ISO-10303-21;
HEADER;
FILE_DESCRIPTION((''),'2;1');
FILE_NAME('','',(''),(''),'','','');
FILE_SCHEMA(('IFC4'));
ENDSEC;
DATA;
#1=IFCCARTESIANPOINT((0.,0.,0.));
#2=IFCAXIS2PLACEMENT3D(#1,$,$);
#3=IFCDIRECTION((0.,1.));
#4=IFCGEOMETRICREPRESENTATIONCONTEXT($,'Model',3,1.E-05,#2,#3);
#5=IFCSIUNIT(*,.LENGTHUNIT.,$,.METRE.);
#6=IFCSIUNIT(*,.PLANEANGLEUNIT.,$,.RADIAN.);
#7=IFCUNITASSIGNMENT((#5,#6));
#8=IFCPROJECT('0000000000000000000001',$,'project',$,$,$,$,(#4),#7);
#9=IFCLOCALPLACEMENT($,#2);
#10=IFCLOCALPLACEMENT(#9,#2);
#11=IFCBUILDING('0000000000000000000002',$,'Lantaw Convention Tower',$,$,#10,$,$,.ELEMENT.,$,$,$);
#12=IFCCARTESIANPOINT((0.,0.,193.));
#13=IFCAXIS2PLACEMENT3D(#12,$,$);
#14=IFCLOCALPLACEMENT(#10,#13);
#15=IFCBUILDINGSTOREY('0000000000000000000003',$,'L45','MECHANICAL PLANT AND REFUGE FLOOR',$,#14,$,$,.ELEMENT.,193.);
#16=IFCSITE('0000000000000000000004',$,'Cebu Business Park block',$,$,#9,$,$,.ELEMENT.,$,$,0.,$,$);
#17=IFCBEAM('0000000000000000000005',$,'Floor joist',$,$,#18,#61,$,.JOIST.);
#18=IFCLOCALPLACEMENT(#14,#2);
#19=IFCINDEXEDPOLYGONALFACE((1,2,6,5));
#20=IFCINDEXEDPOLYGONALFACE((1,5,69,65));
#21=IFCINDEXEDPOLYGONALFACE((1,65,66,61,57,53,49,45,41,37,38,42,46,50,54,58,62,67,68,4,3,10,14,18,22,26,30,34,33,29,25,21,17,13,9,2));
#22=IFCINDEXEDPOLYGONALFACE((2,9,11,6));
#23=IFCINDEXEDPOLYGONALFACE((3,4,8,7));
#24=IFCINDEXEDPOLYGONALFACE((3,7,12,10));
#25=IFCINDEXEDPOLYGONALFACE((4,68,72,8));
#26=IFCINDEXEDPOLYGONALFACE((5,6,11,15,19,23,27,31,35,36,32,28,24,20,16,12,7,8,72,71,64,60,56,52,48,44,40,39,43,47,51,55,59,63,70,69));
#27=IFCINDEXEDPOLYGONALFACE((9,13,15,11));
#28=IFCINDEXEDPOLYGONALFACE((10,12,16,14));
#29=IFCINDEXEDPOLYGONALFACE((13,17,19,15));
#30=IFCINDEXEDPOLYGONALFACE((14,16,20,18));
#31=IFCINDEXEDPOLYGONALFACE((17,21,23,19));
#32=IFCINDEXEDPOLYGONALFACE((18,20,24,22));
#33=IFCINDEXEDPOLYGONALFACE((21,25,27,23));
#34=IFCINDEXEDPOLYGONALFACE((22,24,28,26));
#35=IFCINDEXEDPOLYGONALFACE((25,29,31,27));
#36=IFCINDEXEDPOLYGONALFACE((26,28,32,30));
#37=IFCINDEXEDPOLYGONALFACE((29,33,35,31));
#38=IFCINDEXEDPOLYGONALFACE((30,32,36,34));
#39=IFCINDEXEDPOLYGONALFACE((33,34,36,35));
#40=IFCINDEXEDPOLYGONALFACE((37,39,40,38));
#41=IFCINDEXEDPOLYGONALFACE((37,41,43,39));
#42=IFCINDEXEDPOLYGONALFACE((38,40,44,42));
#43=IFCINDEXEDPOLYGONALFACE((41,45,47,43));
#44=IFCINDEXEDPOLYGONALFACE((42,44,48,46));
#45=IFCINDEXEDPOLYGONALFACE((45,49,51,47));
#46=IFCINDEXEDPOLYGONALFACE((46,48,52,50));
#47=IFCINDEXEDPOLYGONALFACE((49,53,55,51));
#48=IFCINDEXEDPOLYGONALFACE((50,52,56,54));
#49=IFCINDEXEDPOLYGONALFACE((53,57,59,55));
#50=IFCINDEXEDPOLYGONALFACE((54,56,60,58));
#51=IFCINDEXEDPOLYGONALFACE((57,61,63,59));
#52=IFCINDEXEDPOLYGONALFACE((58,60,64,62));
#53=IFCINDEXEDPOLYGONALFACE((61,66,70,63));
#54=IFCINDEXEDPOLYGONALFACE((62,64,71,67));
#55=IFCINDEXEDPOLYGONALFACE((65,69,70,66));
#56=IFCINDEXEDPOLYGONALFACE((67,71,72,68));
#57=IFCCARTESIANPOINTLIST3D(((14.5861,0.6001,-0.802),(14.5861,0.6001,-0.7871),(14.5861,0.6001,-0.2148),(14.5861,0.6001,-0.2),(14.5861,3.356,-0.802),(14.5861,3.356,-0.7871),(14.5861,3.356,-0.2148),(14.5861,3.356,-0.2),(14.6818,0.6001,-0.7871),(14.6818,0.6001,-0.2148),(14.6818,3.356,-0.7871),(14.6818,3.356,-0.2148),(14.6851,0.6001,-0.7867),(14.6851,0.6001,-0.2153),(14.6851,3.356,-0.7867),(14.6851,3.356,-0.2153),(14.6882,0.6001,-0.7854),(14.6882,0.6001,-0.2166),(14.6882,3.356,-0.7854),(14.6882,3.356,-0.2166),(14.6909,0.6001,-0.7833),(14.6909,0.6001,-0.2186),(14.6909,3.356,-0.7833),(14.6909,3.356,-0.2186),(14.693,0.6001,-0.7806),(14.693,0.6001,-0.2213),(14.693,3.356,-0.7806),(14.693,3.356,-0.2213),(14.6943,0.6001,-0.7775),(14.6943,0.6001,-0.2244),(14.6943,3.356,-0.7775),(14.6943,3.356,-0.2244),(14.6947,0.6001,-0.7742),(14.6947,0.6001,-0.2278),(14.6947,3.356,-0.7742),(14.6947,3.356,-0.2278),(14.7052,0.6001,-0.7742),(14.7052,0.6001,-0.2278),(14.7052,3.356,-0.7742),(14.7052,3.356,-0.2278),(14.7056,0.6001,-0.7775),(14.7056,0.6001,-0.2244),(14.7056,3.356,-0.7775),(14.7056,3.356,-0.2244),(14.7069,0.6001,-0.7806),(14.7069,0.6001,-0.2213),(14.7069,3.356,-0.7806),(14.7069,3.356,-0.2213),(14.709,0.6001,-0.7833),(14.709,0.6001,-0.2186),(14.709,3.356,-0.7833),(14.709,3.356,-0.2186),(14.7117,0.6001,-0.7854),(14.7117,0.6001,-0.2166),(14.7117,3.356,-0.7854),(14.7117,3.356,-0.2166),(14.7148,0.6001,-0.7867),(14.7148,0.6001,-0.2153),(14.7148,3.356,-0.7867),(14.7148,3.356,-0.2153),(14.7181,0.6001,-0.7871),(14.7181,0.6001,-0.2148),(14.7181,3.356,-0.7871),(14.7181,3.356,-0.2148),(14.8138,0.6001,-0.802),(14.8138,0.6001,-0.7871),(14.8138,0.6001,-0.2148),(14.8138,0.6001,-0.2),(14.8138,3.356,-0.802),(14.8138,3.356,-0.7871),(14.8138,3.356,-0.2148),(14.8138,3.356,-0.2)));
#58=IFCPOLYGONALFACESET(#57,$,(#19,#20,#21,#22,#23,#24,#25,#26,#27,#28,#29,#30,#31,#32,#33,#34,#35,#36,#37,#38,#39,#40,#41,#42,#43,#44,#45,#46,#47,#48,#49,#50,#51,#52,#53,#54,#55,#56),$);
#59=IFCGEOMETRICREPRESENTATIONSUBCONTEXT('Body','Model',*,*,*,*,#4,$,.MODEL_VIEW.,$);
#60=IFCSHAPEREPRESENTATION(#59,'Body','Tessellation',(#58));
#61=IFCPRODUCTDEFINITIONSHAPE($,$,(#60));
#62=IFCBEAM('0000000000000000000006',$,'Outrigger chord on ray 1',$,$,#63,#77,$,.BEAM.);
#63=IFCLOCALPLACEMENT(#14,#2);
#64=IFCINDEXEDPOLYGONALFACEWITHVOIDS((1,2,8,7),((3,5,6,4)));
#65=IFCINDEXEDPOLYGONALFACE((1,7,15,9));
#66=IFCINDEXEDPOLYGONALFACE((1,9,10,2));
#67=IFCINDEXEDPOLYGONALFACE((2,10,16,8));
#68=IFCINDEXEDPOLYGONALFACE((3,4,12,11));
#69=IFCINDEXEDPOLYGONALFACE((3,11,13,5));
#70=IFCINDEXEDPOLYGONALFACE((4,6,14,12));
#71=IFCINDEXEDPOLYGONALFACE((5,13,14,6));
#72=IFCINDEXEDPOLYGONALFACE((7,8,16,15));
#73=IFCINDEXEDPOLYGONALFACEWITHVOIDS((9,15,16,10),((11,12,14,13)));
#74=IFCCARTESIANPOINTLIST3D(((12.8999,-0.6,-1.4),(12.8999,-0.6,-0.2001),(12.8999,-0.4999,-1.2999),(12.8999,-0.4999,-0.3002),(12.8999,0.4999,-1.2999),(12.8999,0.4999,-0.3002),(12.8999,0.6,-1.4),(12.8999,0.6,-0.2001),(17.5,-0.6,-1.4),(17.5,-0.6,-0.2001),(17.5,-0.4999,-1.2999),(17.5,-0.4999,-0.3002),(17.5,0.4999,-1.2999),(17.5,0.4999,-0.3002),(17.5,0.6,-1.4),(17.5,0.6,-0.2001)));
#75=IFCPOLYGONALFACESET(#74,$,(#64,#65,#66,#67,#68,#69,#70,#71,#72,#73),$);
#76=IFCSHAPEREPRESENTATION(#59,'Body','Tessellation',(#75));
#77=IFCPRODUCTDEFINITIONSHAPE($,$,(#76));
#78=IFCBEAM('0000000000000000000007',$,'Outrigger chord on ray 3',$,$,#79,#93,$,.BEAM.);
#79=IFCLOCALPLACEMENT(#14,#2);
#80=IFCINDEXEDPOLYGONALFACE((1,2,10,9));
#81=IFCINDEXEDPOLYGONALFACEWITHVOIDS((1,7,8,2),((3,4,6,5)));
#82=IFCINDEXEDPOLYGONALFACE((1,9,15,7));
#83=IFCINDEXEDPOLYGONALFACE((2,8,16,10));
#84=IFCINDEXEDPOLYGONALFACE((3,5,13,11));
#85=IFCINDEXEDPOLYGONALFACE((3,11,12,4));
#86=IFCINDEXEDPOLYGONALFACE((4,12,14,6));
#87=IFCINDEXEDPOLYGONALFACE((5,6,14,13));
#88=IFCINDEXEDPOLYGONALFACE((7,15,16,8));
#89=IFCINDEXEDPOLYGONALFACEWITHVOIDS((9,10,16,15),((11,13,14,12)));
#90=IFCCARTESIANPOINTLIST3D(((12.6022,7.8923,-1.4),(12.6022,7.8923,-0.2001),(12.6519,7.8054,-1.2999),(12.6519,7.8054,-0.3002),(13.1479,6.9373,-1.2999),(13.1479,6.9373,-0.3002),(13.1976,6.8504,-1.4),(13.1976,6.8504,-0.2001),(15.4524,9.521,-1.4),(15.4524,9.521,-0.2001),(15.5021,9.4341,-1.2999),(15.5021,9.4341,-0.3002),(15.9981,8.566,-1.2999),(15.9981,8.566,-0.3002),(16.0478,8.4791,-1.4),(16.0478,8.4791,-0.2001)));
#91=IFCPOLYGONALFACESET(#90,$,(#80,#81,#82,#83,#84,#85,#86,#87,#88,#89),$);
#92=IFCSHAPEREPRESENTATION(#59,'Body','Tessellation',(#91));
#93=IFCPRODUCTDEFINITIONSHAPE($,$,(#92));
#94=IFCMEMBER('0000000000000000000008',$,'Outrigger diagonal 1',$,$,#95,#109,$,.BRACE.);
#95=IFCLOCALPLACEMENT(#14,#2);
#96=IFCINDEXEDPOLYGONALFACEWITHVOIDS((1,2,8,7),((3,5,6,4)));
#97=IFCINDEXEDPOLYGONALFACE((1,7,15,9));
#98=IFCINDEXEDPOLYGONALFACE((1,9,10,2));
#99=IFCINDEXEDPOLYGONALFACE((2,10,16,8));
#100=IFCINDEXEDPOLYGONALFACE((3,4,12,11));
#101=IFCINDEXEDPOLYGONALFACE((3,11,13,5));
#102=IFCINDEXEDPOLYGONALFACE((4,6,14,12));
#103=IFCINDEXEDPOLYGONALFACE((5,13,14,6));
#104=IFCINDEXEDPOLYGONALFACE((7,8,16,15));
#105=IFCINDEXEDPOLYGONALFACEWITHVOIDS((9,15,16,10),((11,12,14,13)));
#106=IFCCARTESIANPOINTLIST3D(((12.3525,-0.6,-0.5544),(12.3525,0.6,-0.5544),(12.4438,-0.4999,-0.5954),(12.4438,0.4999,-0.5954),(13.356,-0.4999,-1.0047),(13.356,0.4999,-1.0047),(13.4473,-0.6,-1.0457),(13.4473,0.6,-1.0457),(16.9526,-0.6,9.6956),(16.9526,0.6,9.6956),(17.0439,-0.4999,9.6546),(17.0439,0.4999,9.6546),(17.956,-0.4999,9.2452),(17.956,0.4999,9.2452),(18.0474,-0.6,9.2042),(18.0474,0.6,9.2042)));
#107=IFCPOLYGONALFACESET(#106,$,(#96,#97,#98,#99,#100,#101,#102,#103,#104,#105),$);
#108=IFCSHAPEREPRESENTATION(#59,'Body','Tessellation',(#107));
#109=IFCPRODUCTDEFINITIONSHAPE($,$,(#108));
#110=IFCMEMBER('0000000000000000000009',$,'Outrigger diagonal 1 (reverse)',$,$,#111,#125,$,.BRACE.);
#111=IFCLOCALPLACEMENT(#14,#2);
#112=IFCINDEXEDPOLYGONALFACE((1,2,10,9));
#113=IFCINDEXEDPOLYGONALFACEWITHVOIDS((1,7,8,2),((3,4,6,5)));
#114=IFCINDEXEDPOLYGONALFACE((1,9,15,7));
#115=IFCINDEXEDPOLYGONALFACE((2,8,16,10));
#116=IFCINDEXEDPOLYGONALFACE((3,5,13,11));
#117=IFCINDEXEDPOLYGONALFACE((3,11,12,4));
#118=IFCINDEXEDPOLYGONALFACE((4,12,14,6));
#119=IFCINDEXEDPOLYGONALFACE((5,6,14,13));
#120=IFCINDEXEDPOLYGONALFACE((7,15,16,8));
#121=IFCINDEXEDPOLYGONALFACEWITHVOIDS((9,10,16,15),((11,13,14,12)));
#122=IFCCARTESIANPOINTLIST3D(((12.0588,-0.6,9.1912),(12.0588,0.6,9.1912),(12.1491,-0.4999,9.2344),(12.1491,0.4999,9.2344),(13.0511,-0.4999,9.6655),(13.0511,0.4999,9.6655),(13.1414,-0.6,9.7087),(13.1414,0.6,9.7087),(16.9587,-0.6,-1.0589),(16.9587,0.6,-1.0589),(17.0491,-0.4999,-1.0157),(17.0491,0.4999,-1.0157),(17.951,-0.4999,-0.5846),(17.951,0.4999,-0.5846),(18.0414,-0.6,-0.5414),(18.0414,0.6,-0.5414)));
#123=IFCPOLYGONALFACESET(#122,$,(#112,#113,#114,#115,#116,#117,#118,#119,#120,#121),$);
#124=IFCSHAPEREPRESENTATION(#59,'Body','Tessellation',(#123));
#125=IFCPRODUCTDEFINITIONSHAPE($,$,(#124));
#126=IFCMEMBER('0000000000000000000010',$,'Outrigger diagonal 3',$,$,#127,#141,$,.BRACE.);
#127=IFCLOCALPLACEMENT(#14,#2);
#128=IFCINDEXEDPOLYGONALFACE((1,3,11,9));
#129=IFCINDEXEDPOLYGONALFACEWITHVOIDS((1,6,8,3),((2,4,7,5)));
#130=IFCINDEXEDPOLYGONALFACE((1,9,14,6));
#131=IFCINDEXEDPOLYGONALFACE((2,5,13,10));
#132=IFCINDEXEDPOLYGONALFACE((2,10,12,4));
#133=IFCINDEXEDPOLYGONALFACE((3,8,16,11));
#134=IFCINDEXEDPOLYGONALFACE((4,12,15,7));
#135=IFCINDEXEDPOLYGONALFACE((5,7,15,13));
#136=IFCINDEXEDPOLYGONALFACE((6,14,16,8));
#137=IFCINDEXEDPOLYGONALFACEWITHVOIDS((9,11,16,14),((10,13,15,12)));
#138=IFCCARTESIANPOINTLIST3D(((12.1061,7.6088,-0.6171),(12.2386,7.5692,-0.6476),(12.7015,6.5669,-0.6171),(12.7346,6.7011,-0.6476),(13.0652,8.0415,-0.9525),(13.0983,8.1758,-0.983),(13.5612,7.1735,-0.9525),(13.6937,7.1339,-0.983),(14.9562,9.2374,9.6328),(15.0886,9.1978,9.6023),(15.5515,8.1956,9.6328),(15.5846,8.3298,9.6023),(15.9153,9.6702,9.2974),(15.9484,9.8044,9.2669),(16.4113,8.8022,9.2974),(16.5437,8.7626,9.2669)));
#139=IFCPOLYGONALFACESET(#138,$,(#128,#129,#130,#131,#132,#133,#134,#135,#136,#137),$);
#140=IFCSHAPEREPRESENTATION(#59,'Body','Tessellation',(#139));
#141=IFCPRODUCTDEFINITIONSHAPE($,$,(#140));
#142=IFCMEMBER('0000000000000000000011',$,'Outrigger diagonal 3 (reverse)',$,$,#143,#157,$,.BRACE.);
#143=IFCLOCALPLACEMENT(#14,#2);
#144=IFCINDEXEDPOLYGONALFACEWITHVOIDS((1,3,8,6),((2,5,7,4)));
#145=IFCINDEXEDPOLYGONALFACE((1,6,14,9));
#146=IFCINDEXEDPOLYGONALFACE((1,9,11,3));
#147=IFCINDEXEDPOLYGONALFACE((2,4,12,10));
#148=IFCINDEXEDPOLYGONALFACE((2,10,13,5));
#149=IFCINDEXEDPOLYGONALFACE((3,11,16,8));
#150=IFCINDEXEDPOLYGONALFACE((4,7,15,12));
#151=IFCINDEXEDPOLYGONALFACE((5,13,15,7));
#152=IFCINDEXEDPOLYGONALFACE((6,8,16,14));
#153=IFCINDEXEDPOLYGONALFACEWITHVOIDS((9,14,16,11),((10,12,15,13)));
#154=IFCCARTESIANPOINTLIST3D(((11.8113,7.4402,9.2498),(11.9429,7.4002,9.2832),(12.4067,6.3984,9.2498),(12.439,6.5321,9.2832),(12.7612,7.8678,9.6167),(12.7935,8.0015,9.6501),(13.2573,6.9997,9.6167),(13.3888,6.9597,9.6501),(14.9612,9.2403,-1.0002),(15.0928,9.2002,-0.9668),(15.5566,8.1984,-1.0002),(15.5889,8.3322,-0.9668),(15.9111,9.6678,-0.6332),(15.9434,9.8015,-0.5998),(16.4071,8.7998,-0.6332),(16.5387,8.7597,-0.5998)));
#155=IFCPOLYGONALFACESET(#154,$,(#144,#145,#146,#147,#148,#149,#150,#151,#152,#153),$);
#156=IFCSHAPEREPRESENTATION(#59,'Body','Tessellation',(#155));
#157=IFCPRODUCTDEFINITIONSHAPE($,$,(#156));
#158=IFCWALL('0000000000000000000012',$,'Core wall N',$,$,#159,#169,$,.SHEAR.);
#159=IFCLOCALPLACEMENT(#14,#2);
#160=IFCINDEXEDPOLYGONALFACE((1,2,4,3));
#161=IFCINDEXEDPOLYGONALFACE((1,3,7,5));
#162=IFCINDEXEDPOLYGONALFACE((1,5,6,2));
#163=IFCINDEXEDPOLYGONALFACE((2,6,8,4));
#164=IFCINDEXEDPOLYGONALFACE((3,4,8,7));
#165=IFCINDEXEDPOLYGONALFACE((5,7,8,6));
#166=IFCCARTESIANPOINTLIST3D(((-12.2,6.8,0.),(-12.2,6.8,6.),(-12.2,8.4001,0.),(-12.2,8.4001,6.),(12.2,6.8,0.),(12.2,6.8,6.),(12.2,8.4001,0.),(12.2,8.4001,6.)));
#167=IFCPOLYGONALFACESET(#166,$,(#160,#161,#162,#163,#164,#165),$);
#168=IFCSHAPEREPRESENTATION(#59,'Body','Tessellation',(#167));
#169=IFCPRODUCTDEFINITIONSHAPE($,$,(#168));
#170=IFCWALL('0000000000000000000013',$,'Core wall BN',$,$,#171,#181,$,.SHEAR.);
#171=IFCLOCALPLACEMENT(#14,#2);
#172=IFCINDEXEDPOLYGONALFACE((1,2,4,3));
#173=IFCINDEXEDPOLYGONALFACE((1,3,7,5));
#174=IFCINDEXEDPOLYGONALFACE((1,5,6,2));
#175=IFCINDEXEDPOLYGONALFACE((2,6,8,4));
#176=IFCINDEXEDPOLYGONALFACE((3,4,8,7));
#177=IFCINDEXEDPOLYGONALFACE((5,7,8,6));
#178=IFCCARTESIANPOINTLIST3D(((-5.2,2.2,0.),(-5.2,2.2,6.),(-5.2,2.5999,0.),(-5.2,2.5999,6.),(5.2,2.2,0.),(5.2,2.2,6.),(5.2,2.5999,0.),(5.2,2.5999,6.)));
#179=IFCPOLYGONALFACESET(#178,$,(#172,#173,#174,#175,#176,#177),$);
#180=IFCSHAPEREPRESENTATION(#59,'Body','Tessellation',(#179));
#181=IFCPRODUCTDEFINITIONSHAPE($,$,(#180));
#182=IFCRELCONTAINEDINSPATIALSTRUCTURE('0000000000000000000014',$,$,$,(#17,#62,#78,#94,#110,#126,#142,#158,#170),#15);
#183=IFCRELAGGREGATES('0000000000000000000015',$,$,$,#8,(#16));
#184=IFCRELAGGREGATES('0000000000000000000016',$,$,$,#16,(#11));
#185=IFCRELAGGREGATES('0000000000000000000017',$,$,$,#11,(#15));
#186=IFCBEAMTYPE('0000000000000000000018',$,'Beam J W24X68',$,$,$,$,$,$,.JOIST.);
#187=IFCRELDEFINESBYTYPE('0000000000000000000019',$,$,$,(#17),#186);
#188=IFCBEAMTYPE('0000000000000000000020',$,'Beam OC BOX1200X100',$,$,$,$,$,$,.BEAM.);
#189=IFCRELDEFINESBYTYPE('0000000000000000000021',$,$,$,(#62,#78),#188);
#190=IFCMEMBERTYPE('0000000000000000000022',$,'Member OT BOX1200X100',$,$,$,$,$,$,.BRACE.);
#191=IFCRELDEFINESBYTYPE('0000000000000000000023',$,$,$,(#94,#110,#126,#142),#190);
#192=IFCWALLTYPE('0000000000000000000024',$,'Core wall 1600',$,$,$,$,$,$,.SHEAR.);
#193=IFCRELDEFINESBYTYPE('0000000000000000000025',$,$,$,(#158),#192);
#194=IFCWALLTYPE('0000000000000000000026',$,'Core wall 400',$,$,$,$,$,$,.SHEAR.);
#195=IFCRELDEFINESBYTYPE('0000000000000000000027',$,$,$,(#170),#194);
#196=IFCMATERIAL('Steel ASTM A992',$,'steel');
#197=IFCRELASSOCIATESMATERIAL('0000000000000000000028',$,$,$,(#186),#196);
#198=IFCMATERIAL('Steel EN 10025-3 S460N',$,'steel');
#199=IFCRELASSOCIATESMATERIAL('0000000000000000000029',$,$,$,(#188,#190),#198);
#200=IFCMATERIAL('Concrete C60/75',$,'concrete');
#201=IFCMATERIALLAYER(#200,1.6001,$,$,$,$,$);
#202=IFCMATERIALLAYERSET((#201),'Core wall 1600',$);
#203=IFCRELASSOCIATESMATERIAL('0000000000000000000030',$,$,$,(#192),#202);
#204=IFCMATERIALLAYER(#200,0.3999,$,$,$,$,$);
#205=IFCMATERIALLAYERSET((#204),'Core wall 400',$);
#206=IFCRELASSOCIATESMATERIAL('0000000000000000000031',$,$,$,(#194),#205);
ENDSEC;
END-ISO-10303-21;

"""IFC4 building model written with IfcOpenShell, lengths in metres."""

from ifc_helpers import new_model, si_unit, direction, frame, frame_2d, origin, origin_2d, place, context, subcontext, project, spatial, rectangle, hollow_rectangle, i_section, extrude, material, layer, layer_set, material_profile, profile_set, type_object, element, save


model = new_model("IFC4")

# Units and contexts
model_context = context("Model", 3, precision=1e-05, world=origin(), true_north=direction((0.0, 1.0)))
body_context = subcontext(model_context, "Body", "Model", "MODEL_VIEW")
ifc_project = project(units=[si_unit("LENGTHUNIT", "METRE"), si_unit("PLANEANGLEUNIT", "RADIAN")], contexts=[model_context])

# Site, building, storey
site_placement = place(None, origin())
site = spatial("IfcSite", under=ifc_project, at=site_placement, Name="Cebu Business Park block", CompositionType="ELEMENT", RefElevation=0.0)
building_placement = place(site_placement, origin())
building = spatial("IfcBuilding", under=site, at=building_placement, Name="Lantaw Convention Tower", CompositionType="ELEMENT")
storey_placement = place(building_placement, frame((0.0, 0.0, 193.0)))
storey = spatial("IfcBuildingStorey", under=building, at=storey_placement, Name="L45", Description="MECHANICAL PLANT AND REFUGE FLOOR", CompositionType="ELEMENT", Elevation=193.0)

# Beams
ifc_material_1 = material(Name="Steel ASTM A992", Category="steel")
ifc_material_profile_1 = material_profile(ifc_material_1, i_section(OverallWidth=0.2278, OverallDepth=0.6021, WebThickness=0.0105, FlangeThickness=0.0149, FilletRadius=0.0129, at=origin_2d()), Name="W24X68")
ifc_profile_set_1 = profile_set([ifc_material_profile_1], Name="Steel ASTM A992")
beam_type_1 = type_object("IfcBeamType", Name="Beam J W24X68", PredefinedType="JOIST", material=ifc_profile_set_1)
beam_1_placement = place(storey_placement, frame((14.7, 0.6001, -0.501), z_axis=(0.0, 1.0, 0.0), x_axis=(-1.0, 0.0, 0.0)))
element("IfcBeam", 1, at=beam_1_placement, inside=storey, type_object=beam_type_1, Name="Floor joist", PredefinedType="JOIST", context=body_context, shape_type="SweptSolid", body=[
    extrude(i_section(OverallWidth=0.2278, OverallDepth=0.6021, WebThickness=0.0105, FlangeThickness=0.0149, FilletRadius=0.0129, at=origin_2d()), origin(), (0.0, 0.0, 1.0), 2.7559),
])
ifc_material_2 = material(Name="Steel EN 10025-3 S460N", Category="steel")
ifc_material_profile_2 = material_profile(ifc_material_2, hollow_rectangle(XDim=1.2, YDim=1.2, WallThickness=0.1001, at=origin_2d()), Name="BOX1200X100")
ifc_profile_set_2 = profile_set([ifc_material_profile_2], Name="Steel EN 10025-3 S460N")
beam_type_2 = type_object("IfcBeamType", Name="Beam OC BOX1200X100", PredefinedType="BEAM", material=ifc_profile_set_2)
beam_2_placement = place(storey_placement, frame((12.8999, 0.0, -0.8), z_axis=(1.0, 0.0, 0.0), x_axis=(0.0, 1.0, 0.0)))
element("IfcBeam", 2, at=beam_2_placement, inside=storey, type_object=beam_type_2, Name="Outrigger chord on ray 1", PredefinedType="BEAM", context=body_context, shape_type="SweptSolid", body=[
    extrude(hollow_rectangle(XDim=1.2, YDim=1.2, WallThickness=0.1001, at=origin_2d()), origin(), (0.0, 0.0, 1.0), 4.6001),
])
beam_3_placement = place(storey_placement, frame((12.8999, 7.3713, -0.8), z_axis=(0.868239, 0.496147, 0.0), x_axis=(-0.496147, 0.868239, 0.0)))
element("IfcBeam", 3, at=beam_3_placement, inside=storey, type_object=beam_type_2, Name="Outrigger chord on ray 3", PredefinedType="BEAM", context=body_context, shape_type="SweptSolid", body=[
    extrude(hollow_rectangle(XDim=1.2, YDim=1.2, WallThickness=0.1001, at=origin_2d()), origin(), (0.0, 0.0, 1.0), 3.2827),
])

# Members
ifc_material_profile_3 = material_profile(ifc_material_2, hollow_rectangle(XDim=1.2, YDim=1.2, WallThickness=0.1001, at=origin_2d()), Name="BOX1200X100")
ifc_profile_set_3 = profile_set([ifc_material_profile_3], Name="Steel EN 10025-3 S460N")
member_type = type_object("IfcMemberType", Name="Member OT BOX1200X100", PredefinedType="BRACE", material=ifc_profile_set_3)
member_1_placement = place(storey_placement, frame((12.8999, 0.0, -0.8), z_axis=(0.409446, 0.0, 0.912334), x_axis=(0.0, 1.0, 0.0)))
element("IfcMember", 4, at=member_1_placement, inside=storey, type_object=member_type, Name="Outrigger diagonal 1", PredefinedType="BRACE", context=body_context, shape_type="SweptSolid", body=[
    extrude(hollow_rectangle(XDim=1.2, YDim=1.2, WallThickness=0.1001, at=origin_2d()), origin(), (0.0, 0.0, 1.0), 11.2349),
])
member_2_placement = place(storey_placement, frame((12.6001, 0.0, 9.45), z_axis=(0.431293, 0.0, -0.902212), x_axis=(0.0, 1.0, 0.0)))
element("IfcMember", 5, at=member_2_placement, inside=storey, type_object=member_type, Name="Outrigger diagonal 1 (reverse)", PredefinedType="BRACE", context=body_context, shape_type="SweptSolid", body=[
    extrude(hollow_rectangle(XDim=1.2, YDim=1.2, WallThickness=0.1001, at=origin_2d()), origin(), (0.0, 0.0, 1.0), 11.3611),
])
member_3_placement = place(storey_placement, frame((12.8999, 7.3713, -0.8), z_axis=(0.26481, 0.151323, 0.952353), x_axis=(-0.496147, 0.868239, 0.0)))
element("IfcMember", 6, at=member_3_placement, inside=storey, type_object=member_type, Name="Outrigger diagonal 3", PredefinedType="BRACE", context=body_context, shape_type="SweptSolid", body=[
    extrude(hollow_rectangle(XDim=1.2, YDim=1.2, WallThickness=0.1001, at=origin_2d()), origin(), (0.0, 0.0, 1.0), 10.7627),
])
member_4_placement = place(storey_placement, frame((12.6001, 7.2, 9.45), z_axis=(0.289696, 0.16555, -0.942692), x_axis=(-0.496161, 0.868231, 0.0)))
element("IfcMember", 7, at=member_4_placement, inside=storey, type_object=member_type, Name="Outrigger diagonal 3 (reverse)", PredefinedType="BRACE", context=body_context, shape_type="SweptSolid", body=[
    extrude(hollow_rectangle(XDim=1.2, YDim=1.2, WallThickness=0.1001, at=origin_2d()), origin(), (0.0, 0.0, 1.0), 10.873),
])

# Walls
ifc_material_3 = material(Name="Concrete C60/75", Category="concrete")
ifc_layer_1 = layer(ifc_material_3, 1.6001)
ifc_layer_set_1 = layer_set([ifc_layer_1], Name="Core wall 1600")
wall_type_1 = type_object("IfcWallType", Name="Core wall 1600", PredefinedType="SHEAR", material=ifc_layer_set_1)
wall_1_placement = place(storey_placement, frame((12.2, 7.6001, 0.0), z_axis=(0.0, 0.0, 1.0), x_axis=(-1.0, 0.0, 0.0)))
element("IfcWall", 8, at=wall_1_placement, inside=storey, type_object=wall_type_1, Name="Core wall N", PredefinedType="SHEAR", context=body_context, shape_type="SweptSolid", body=[
    extrude(rectangle(XDim=24.3999, YDim=1.6001, at=frame_2d((12.2, 0.0))), origin(), (0.0, 0.0, 1.0), 6.0),
])
ifc_layer_2 = layer(ifc_material_3, 0.3999)
ifc_layer_set_2 = layer_set([ifc_layer_2], Name="Core wall 400")
wall_type_2 = type_object("IfcWallType", Name="Core wall 400", PredefinedType="SHEAR", material=ifc_layer_set_2)
wall_2_placement = place(storey_placement, frame((5.2, 2.3999, 0.0), z_axis=(0.0, 0.0, 1.0), x_axis=(-1.0, 0.0, 0.0)))
element("IfcWall", 9, at=wall_2_placement, inside=storey, type_object=wall_type_2, Name="Core wall BN", PredefinedType="SHEAR", context=body_context, shape_type="SweptSolid", body=[
    extrude(rectangle(XDim=10.3999, YDim=0.3999, at=frame_2d((5.2, 0.0))), origin(), (0.0, 0.0, 1.0), 6.0),
])

save(model, "model.ifc")
